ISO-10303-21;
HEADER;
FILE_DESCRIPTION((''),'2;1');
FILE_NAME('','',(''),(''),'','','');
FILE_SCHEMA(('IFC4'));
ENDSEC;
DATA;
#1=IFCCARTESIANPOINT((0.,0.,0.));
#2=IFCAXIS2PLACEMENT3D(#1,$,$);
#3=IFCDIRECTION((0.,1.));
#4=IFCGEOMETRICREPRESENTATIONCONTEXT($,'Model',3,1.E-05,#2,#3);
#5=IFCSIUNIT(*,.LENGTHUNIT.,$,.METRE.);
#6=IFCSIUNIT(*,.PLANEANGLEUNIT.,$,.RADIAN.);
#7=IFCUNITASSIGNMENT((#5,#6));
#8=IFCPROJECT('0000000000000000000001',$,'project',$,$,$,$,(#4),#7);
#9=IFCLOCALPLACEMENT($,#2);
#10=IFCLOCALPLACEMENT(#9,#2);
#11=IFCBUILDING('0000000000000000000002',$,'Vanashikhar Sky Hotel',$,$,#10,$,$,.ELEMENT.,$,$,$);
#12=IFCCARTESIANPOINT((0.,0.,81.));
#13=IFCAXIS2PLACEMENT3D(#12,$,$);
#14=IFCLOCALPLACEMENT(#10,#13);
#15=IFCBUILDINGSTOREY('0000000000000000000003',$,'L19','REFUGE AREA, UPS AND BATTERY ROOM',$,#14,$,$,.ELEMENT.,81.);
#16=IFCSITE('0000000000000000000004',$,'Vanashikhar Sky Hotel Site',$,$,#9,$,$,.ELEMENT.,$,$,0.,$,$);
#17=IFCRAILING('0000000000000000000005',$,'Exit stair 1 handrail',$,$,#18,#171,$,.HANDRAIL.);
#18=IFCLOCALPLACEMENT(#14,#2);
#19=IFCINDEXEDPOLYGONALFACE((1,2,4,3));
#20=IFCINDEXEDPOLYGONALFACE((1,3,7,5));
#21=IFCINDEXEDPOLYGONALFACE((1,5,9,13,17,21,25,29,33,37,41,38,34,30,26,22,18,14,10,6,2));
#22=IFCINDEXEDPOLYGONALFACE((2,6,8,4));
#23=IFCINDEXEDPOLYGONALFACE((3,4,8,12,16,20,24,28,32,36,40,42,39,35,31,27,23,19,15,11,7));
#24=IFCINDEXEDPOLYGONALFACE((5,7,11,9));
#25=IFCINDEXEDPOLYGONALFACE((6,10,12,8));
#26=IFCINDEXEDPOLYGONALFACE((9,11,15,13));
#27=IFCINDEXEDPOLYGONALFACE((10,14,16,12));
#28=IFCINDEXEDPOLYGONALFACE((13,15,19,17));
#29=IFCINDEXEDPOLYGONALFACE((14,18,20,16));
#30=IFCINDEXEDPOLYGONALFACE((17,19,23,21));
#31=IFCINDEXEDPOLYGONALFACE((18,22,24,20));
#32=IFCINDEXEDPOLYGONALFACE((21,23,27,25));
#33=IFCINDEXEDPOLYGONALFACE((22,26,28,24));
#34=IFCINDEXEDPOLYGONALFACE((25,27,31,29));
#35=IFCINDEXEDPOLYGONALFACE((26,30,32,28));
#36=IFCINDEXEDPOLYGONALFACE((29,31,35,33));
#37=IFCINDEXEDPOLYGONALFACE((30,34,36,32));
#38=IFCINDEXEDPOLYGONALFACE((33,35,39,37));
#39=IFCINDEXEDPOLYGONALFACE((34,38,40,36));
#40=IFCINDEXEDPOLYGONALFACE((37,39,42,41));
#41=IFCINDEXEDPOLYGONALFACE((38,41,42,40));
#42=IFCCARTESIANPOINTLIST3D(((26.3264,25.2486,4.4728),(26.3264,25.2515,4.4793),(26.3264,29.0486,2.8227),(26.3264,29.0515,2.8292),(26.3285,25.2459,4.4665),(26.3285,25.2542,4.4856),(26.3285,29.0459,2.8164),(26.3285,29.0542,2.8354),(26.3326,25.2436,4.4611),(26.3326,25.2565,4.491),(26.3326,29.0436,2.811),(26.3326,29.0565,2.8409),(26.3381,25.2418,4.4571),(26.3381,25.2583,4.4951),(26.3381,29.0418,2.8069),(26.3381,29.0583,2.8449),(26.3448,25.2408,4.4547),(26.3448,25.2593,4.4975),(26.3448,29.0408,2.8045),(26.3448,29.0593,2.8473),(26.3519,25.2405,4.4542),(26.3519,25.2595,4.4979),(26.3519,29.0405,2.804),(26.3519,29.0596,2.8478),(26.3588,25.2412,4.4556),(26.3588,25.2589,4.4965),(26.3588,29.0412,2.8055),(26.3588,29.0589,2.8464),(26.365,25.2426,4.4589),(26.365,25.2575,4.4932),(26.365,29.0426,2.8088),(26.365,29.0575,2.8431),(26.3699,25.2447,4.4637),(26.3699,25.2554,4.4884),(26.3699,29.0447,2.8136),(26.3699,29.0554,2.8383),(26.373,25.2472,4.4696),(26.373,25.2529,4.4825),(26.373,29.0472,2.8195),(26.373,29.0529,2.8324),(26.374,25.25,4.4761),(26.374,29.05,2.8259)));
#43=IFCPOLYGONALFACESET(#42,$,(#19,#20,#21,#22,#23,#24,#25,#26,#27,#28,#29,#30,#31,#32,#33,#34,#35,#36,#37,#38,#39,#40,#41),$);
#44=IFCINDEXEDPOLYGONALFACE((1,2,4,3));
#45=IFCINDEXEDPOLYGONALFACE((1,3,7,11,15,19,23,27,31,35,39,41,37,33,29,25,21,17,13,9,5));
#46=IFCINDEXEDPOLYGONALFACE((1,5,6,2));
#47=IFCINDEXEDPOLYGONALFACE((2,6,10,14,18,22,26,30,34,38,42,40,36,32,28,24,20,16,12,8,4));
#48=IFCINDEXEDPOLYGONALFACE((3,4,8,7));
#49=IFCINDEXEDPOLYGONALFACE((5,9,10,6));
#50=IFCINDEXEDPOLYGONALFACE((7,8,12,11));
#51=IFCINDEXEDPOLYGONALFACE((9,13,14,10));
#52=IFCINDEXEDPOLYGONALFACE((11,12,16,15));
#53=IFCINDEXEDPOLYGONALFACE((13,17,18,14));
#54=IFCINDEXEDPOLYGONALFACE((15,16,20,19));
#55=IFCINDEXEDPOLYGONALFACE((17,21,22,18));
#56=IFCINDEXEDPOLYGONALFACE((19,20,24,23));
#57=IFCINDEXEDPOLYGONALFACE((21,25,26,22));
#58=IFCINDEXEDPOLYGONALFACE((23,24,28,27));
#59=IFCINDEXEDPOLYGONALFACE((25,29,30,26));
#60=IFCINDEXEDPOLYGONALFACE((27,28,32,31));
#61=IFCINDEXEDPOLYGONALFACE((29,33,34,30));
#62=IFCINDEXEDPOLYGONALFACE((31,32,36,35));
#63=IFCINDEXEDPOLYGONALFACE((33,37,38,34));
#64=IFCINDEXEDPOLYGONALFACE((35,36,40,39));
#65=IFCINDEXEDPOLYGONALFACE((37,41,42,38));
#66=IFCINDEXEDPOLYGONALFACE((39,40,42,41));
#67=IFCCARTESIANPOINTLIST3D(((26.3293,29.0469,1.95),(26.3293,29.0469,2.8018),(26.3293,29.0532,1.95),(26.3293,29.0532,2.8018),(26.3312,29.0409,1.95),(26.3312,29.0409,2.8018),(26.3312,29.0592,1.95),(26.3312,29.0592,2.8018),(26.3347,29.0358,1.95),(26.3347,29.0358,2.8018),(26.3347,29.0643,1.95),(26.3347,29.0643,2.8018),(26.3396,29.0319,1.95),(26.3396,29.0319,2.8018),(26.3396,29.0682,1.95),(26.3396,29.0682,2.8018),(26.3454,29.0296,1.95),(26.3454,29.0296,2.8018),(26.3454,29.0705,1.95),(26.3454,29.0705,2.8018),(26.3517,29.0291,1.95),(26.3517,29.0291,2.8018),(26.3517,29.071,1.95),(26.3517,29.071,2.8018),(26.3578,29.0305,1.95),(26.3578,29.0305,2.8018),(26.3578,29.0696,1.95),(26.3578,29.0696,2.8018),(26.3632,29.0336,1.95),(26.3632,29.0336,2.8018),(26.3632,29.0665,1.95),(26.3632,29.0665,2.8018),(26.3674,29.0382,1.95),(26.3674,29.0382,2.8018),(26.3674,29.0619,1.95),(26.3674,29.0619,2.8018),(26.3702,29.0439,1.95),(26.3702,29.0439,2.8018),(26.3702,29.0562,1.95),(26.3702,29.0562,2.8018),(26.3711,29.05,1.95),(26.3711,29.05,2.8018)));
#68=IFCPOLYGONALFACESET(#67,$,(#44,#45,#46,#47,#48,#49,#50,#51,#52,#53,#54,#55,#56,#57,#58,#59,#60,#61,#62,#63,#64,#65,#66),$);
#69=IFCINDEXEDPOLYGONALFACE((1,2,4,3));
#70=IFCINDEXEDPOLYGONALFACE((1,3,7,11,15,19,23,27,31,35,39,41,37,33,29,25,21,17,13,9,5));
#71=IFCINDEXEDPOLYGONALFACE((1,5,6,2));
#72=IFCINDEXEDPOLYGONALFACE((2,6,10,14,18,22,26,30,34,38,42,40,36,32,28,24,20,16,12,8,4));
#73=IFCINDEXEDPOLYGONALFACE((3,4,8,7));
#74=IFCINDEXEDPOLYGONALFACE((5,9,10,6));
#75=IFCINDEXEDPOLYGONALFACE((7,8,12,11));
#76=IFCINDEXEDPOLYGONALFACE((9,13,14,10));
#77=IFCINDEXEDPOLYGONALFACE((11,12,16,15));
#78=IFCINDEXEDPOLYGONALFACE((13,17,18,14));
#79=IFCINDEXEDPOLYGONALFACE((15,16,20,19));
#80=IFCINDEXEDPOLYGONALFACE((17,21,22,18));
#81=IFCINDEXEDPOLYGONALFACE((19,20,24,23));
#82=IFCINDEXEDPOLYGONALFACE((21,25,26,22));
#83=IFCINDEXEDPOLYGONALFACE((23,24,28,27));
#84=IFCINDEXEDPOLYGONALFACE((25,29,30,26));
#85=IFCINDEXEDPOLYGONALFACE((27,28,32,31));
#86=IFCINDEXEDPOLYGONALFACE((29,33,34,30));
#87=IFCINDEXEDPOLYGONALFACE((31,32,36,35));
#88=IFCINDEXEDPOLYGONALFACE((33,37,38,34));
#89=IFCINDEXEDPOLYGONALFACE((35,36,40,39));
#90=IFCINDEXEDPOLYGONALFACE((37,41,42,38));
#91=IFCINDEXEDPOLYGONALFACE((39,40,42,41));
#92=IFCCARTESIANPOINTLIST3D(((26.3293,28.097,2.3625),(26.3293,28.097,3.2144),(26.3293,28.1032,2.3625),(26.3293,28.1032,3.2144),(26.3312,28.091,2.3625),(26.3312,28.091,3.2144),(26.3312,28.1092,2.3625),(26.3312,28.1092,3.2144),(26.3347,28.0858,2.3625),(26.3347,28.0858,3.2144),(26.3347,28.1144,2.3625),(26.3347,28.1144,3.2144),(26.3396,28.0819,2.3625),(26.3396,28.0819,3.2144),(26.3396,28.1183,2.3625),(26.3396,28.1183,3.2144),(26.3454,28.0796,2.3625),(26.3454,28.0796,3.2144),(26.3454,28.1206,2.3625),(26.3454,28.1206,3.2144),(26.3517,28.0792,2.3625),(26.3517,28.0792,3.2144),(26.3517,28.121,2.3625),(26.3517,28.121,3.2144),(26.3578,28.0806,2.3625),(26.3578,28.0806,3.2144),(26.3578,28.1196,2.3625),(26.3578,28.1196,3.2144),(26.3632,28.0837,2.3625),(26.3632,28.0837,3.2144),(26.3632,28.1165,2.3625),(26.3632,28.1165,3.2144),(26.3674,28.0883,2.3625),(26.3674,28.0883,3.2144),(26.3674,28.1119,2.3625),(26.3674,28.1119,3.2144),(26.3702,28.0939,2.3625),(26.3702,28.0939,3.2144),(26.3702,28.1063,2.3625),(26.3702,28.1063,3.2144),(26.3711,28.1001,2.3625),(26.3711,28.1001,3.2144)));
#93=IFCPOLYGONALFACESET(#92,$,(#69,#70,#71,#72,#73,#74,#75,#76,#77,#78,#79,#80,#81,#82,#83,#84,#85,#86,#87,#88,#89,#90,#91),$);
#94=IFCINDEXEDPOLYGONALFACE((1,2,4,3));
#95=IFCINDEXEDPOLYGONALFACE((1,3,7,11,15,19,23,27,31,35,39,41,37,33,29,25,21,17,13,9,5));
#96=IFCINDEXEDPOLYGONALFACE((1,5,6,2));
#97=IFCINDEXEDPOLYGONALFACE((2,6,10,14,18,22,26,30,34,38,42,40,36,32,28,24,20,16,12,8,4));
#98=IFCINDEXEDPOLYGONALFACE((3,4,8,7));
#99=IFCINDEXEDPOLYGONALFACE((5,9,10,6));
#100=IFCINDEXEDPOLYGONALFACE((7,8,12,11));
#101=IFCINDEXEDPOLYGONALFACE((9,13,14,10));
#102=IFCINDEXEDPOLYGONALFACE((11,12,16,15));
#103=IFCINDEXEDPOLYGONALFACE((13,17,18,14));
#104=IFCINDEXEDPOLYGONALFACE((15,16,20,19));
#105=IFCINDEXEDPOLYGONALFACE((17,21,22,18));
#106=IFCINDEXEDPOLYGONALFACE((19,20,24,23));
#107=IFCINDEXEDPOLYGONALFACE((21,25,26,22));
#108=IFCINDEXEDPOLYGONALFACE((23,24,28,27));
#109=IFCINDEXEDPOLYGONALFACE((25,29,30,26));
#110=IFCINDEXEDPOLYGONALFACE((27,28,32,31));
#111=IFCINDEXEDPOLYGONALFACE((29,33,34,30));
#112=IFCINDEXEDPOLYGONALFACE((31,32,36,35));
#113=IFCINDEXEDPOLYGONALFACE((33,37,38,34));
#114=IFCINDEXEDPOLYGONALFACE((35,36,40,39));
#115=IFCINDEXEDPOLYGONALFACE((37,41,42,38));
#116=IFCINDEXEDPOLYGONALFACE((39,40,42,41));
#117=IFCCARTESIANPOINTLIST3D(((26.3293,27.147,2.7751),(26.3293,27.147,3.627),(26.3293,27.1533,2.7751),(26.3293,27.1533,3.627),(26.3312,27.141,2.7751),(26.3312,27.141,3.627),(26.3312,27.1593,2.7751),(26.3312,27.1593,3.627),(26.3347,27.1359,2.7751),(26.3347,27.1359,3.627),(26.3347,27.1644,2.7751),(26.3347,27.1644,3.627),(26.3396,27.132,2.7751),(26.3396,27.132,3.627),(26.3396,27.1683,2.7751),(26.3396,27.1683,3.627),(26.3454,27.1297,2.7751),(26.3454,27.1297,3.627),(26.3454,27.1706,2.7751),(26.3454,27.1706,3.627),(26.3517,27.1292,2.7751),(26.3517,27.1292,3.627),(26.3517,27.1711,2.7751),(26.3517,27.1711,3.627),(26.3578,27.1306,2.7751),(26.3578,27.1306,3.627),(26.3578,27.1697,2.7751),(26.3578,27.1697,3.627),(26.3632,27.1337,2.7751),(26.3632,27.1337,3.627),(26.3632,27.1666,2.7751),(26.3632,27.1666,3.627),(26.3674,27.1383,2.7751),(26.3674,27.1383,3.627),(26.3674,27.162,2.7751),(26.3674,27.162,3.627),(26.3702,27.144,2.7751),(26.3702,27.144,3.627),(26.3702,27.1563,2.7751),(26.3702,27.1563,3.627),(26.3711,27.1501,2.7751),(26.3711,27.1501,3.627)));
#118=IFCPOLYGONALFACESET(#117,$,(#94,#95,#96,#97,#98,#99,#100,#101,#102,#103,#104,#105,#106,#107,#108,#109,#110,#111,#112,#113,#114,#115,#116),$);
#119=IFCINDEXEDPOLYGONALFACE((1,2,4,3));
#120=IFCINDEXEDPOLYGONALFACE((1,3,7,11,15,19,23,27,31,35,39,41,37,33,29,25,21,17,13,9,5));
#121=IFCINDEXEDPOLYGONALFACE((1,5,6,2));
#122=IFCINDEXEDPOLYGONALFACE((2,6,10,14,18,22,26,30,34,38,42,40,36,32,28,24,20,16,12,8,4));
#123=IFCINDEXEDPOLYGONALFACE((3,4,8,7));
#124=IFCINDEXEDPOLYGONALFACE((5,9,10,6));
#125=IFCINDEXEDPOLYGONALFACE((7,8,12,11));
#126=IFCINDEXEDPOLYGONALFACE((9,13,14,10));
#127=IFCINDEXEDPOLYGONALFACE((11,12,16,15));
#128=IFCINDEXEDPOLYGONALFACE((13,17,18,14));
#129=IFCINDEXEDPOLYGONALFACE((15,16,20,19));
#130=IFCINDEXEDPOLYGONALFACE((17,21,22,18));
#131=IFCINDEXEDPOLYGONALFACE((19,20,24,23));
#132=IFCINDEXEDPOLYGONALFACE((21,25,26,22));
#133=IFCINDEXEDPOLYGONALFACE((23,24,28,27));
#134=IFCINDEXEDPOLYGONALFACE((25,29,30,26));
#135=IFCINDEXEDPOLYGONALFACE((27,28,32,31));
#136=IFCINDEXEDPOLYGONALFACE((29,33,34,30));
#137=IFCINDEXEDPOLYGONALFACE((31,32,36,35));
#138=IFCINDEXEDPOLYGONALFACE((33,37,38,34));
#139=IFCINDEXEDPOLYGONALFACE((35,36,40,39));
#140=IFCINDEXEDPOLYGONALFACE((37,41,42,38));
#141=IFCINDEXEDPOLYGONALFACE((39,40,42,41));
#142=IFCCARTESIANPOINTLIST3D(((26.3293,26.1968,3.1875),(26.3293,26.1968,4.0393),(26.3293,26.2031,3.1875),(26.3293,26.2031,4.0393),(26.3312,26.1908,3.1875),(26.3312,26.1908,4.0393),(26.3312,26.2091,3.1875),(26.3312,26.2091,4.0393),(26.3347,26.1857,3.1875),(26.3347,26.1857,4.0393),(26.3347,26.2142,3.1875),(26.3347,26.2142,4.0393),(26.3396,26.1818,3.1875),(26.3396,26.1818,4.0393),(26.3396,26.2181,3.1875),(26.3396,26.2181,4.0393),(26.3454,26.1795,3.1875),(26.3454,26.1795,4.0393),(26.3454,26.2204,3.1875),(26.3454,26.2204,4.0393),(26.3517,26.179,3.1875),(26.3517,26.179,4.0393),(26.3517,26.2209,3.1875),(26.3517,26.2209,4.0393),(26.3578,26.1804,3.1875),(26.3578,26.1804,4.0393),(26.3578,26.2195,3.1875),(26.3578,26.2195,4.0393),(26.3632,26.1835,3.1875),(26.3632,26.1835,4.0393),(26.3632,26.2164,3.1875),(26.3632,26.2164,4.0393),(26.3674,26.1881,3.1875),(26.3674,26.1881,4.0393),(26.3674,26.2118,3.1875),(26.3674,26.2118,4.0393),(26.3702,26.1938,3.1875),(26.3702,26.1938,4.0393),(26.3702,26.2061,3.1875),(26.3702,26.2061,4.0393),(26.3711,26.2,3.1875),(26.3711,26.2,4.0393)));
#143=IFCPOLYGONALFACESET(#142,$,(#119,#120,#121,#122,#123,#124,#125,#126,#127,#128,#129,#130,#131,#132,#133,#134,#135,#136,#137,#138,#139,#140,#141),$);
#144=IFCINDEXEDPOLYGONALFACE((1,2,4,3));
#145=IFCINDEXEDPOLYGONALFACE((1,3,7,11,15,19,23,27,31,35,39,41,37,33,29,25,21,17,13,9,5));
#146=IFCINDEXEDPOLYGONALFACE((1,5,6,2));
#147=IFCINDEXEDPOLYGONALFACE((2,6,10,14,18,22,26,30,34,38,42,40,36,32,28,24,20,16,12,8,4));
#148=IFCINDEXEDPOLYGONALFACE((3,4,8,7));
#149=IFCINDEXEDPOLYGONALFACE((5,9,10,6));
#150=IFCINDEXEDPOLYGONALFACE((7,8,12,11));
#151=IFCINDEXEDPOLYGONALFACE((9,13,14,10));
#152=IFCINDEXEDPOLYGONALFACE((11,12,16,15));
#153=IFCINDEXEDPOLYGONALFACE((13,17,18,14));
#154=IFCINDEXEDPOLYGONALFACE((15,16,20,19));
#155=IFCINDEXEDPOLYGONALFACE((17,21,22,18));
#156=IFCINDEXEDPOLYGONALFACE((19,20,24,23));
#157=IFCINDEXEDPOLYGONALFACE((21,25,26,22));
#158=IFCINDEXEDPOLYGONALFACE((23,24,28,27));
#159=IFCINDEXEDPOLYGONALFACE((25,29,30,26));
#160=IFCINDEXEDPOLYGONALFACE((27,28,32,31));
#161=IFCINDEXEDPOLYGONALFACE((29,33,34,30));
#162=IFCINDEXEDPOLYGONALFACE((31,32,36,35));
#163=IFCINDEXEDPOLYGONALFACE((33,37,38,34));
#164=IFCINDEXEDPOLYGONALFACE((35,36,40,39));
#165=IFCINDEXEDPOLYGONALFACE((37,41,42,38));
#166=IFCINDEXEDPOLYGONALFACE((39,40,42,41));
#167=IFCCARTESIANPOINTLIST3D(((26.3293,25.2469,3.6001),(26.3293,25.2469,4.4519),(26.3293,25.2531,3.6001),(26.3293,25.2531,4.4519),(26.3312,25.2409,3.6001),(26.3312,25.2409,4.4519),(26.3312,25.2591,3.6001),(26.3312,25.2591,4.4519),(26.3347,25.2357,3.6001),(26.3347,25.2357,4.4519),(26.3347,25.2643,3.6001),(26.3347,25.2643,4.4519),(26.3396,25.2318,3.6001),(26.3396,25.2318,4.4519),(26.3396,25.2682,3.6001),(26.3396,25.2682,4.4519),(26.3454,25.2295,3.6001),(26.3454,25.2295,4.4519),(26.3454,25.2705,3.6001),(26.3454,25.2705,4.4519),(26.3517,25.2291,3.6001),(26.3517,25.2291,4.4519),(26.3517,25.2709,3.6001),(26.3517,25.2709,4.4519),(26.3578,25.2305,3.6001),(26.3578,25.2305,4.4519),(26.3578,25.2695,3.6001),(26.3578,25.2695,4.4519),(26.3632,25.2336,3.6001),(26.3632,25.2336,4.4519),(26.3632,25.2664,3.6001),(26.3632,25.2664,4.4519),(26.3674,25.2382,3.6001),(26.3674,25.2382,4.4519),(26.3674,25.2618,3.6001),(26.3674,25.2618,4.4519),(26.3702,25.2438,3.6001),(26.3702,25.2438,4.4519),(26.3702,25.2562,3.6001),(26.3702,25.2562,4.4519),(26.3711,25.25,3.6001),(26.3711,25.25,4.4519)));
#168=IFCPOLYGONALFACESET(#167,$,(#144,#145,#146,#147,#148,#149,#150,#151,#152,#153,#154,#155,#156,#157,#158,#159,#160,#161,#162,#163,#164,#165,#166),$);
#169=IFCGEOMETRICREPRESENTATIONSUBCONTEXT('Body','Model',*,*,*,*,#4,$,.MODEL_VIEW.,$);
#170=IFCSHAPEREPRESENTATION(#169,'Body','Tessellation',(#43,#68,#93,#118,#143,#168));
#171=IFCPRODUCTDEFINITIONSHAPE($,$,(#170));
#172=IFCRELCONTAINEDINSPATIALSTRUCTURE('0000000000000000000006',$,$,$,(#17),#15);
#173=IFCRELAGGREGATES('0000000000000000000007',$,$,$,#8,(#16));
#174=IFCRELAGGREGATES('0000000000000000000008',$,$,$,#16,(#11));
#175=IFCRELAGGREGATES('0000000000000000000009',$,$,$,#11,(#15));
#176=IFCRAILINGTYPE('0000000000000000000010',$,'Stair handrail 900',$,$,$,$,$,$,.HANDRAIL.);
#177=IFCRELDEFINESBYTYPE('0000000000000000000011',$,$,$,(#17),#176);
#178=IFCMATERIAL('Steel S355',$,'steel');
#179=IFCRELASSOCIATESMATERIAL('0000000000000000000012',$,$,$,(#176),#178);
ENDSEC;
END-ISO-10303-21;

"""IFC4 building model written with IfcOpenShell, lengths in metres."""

from ifc_helpers import new_model, si_unit, direction, frame, origin, origin_2d, place, context, subcontext, project, spatial, circle, extrude, source, transform, mapped, material, type_object, element, save


model = new_model("IFC4")

# Units and contexts
model_context = context("Model", 3, precision=1e-05, world=origin(), true_north=direction((0.0, 1.0)))
body_context = subcontext(model_context, "Body", "Model", "MODEL_VIEW")
ifc_project = project(units=[si_unit("LENGTHUNIT", "METRE"), si_unit("PLANEANGLEUNIT", "RADIAN")], contexts=[model_context])

# Site, building, storey
site_placement = place(None, origin())
site = spatial("IfcSite", under=ifc_project, at=site_placement, Name="Vanashikhar Sky Hotel Site", CompositionType="ELEMENT", RefElevation=0.0)
building_placement = place(site_placement, origin())
building = spatial("IfcBuilding", under=site, at=building_placement, Name="Vanashikhar Sky Hotel", CompositionType="ELEMENT")
storey_placement = place(building_placement, frame((0.0, 0.0, 81.0)))
storey = spatial("IfcBuildingStorey", under=building, at=storey_placement, Name="L19", Description="REFUGE AREA, UPS AND BATTERY ROOM", CompositionType="ELEMENT", Elevation=81.0)

# Railing
ifc_material_1 = material(Name="Steel S355", Category="steel")
railing_type = type_object("IfcRailingType", Name="Stair handrail 900", PredefinedType="HANDRAIL", material=ifc_material_1)
shared_shape_1 = source(origin(), body_context, "Body", "SweptSolid", [
    extrude(circle(Radius=0.0239, at=origin_2d()), frame((0.0, 0.0, 0.876), z_axis=(0.0, -0.917251, 0.39831), x_axis=(1.0, 0.0, 0.0)), (0.0, 0.0, 1.0), 4.1428),
    extrude(circle(Radius=0.021, at=origin_2d()), origin(), (0.0, 0.0, 1.0), 0.8518),
    extrude(circle(Radius=0.021, at=origin_2d()), frame((0.0, -0.95, 0.4126)), (0.0, 0.0, 1.0), 0.8518),
    extrude(circle(Radius=0.021, at=origin_2d()), frame((0.0, -1.8999, 0.8252)), (0.0, 0.0, 1.0), 0.8518),
    extrude(circle(Radius=0.021, at=origin_2d()), frame((0.0, -2.8501, 1.2375)), (0.0, 0.0, 1.0), 0.8518),
    extrude(circle(Radius=0.021, at=origin_2d()), frame((0.0, -3.8, 1.6501)), (0.0, 0.0, 1.0), 0.8518),
])
for number, where, name in (
    (1, (26.3501, 29.05, 1.95), "Exit stair 1 handrail"),
):
    element("IfcRailing", number, at=place(storey_placement, frame(where)), inside=storey, type_object=railing_type, Name=name, PredefinedType="HANDRAIL", context=body_context, shape_type="MappedRepresentation", body=[
        mapped(shared_shape_1, transform((0.0, 0.0, 0.0), scale=1.0)),
    ])

save(model, "model.ifc")
